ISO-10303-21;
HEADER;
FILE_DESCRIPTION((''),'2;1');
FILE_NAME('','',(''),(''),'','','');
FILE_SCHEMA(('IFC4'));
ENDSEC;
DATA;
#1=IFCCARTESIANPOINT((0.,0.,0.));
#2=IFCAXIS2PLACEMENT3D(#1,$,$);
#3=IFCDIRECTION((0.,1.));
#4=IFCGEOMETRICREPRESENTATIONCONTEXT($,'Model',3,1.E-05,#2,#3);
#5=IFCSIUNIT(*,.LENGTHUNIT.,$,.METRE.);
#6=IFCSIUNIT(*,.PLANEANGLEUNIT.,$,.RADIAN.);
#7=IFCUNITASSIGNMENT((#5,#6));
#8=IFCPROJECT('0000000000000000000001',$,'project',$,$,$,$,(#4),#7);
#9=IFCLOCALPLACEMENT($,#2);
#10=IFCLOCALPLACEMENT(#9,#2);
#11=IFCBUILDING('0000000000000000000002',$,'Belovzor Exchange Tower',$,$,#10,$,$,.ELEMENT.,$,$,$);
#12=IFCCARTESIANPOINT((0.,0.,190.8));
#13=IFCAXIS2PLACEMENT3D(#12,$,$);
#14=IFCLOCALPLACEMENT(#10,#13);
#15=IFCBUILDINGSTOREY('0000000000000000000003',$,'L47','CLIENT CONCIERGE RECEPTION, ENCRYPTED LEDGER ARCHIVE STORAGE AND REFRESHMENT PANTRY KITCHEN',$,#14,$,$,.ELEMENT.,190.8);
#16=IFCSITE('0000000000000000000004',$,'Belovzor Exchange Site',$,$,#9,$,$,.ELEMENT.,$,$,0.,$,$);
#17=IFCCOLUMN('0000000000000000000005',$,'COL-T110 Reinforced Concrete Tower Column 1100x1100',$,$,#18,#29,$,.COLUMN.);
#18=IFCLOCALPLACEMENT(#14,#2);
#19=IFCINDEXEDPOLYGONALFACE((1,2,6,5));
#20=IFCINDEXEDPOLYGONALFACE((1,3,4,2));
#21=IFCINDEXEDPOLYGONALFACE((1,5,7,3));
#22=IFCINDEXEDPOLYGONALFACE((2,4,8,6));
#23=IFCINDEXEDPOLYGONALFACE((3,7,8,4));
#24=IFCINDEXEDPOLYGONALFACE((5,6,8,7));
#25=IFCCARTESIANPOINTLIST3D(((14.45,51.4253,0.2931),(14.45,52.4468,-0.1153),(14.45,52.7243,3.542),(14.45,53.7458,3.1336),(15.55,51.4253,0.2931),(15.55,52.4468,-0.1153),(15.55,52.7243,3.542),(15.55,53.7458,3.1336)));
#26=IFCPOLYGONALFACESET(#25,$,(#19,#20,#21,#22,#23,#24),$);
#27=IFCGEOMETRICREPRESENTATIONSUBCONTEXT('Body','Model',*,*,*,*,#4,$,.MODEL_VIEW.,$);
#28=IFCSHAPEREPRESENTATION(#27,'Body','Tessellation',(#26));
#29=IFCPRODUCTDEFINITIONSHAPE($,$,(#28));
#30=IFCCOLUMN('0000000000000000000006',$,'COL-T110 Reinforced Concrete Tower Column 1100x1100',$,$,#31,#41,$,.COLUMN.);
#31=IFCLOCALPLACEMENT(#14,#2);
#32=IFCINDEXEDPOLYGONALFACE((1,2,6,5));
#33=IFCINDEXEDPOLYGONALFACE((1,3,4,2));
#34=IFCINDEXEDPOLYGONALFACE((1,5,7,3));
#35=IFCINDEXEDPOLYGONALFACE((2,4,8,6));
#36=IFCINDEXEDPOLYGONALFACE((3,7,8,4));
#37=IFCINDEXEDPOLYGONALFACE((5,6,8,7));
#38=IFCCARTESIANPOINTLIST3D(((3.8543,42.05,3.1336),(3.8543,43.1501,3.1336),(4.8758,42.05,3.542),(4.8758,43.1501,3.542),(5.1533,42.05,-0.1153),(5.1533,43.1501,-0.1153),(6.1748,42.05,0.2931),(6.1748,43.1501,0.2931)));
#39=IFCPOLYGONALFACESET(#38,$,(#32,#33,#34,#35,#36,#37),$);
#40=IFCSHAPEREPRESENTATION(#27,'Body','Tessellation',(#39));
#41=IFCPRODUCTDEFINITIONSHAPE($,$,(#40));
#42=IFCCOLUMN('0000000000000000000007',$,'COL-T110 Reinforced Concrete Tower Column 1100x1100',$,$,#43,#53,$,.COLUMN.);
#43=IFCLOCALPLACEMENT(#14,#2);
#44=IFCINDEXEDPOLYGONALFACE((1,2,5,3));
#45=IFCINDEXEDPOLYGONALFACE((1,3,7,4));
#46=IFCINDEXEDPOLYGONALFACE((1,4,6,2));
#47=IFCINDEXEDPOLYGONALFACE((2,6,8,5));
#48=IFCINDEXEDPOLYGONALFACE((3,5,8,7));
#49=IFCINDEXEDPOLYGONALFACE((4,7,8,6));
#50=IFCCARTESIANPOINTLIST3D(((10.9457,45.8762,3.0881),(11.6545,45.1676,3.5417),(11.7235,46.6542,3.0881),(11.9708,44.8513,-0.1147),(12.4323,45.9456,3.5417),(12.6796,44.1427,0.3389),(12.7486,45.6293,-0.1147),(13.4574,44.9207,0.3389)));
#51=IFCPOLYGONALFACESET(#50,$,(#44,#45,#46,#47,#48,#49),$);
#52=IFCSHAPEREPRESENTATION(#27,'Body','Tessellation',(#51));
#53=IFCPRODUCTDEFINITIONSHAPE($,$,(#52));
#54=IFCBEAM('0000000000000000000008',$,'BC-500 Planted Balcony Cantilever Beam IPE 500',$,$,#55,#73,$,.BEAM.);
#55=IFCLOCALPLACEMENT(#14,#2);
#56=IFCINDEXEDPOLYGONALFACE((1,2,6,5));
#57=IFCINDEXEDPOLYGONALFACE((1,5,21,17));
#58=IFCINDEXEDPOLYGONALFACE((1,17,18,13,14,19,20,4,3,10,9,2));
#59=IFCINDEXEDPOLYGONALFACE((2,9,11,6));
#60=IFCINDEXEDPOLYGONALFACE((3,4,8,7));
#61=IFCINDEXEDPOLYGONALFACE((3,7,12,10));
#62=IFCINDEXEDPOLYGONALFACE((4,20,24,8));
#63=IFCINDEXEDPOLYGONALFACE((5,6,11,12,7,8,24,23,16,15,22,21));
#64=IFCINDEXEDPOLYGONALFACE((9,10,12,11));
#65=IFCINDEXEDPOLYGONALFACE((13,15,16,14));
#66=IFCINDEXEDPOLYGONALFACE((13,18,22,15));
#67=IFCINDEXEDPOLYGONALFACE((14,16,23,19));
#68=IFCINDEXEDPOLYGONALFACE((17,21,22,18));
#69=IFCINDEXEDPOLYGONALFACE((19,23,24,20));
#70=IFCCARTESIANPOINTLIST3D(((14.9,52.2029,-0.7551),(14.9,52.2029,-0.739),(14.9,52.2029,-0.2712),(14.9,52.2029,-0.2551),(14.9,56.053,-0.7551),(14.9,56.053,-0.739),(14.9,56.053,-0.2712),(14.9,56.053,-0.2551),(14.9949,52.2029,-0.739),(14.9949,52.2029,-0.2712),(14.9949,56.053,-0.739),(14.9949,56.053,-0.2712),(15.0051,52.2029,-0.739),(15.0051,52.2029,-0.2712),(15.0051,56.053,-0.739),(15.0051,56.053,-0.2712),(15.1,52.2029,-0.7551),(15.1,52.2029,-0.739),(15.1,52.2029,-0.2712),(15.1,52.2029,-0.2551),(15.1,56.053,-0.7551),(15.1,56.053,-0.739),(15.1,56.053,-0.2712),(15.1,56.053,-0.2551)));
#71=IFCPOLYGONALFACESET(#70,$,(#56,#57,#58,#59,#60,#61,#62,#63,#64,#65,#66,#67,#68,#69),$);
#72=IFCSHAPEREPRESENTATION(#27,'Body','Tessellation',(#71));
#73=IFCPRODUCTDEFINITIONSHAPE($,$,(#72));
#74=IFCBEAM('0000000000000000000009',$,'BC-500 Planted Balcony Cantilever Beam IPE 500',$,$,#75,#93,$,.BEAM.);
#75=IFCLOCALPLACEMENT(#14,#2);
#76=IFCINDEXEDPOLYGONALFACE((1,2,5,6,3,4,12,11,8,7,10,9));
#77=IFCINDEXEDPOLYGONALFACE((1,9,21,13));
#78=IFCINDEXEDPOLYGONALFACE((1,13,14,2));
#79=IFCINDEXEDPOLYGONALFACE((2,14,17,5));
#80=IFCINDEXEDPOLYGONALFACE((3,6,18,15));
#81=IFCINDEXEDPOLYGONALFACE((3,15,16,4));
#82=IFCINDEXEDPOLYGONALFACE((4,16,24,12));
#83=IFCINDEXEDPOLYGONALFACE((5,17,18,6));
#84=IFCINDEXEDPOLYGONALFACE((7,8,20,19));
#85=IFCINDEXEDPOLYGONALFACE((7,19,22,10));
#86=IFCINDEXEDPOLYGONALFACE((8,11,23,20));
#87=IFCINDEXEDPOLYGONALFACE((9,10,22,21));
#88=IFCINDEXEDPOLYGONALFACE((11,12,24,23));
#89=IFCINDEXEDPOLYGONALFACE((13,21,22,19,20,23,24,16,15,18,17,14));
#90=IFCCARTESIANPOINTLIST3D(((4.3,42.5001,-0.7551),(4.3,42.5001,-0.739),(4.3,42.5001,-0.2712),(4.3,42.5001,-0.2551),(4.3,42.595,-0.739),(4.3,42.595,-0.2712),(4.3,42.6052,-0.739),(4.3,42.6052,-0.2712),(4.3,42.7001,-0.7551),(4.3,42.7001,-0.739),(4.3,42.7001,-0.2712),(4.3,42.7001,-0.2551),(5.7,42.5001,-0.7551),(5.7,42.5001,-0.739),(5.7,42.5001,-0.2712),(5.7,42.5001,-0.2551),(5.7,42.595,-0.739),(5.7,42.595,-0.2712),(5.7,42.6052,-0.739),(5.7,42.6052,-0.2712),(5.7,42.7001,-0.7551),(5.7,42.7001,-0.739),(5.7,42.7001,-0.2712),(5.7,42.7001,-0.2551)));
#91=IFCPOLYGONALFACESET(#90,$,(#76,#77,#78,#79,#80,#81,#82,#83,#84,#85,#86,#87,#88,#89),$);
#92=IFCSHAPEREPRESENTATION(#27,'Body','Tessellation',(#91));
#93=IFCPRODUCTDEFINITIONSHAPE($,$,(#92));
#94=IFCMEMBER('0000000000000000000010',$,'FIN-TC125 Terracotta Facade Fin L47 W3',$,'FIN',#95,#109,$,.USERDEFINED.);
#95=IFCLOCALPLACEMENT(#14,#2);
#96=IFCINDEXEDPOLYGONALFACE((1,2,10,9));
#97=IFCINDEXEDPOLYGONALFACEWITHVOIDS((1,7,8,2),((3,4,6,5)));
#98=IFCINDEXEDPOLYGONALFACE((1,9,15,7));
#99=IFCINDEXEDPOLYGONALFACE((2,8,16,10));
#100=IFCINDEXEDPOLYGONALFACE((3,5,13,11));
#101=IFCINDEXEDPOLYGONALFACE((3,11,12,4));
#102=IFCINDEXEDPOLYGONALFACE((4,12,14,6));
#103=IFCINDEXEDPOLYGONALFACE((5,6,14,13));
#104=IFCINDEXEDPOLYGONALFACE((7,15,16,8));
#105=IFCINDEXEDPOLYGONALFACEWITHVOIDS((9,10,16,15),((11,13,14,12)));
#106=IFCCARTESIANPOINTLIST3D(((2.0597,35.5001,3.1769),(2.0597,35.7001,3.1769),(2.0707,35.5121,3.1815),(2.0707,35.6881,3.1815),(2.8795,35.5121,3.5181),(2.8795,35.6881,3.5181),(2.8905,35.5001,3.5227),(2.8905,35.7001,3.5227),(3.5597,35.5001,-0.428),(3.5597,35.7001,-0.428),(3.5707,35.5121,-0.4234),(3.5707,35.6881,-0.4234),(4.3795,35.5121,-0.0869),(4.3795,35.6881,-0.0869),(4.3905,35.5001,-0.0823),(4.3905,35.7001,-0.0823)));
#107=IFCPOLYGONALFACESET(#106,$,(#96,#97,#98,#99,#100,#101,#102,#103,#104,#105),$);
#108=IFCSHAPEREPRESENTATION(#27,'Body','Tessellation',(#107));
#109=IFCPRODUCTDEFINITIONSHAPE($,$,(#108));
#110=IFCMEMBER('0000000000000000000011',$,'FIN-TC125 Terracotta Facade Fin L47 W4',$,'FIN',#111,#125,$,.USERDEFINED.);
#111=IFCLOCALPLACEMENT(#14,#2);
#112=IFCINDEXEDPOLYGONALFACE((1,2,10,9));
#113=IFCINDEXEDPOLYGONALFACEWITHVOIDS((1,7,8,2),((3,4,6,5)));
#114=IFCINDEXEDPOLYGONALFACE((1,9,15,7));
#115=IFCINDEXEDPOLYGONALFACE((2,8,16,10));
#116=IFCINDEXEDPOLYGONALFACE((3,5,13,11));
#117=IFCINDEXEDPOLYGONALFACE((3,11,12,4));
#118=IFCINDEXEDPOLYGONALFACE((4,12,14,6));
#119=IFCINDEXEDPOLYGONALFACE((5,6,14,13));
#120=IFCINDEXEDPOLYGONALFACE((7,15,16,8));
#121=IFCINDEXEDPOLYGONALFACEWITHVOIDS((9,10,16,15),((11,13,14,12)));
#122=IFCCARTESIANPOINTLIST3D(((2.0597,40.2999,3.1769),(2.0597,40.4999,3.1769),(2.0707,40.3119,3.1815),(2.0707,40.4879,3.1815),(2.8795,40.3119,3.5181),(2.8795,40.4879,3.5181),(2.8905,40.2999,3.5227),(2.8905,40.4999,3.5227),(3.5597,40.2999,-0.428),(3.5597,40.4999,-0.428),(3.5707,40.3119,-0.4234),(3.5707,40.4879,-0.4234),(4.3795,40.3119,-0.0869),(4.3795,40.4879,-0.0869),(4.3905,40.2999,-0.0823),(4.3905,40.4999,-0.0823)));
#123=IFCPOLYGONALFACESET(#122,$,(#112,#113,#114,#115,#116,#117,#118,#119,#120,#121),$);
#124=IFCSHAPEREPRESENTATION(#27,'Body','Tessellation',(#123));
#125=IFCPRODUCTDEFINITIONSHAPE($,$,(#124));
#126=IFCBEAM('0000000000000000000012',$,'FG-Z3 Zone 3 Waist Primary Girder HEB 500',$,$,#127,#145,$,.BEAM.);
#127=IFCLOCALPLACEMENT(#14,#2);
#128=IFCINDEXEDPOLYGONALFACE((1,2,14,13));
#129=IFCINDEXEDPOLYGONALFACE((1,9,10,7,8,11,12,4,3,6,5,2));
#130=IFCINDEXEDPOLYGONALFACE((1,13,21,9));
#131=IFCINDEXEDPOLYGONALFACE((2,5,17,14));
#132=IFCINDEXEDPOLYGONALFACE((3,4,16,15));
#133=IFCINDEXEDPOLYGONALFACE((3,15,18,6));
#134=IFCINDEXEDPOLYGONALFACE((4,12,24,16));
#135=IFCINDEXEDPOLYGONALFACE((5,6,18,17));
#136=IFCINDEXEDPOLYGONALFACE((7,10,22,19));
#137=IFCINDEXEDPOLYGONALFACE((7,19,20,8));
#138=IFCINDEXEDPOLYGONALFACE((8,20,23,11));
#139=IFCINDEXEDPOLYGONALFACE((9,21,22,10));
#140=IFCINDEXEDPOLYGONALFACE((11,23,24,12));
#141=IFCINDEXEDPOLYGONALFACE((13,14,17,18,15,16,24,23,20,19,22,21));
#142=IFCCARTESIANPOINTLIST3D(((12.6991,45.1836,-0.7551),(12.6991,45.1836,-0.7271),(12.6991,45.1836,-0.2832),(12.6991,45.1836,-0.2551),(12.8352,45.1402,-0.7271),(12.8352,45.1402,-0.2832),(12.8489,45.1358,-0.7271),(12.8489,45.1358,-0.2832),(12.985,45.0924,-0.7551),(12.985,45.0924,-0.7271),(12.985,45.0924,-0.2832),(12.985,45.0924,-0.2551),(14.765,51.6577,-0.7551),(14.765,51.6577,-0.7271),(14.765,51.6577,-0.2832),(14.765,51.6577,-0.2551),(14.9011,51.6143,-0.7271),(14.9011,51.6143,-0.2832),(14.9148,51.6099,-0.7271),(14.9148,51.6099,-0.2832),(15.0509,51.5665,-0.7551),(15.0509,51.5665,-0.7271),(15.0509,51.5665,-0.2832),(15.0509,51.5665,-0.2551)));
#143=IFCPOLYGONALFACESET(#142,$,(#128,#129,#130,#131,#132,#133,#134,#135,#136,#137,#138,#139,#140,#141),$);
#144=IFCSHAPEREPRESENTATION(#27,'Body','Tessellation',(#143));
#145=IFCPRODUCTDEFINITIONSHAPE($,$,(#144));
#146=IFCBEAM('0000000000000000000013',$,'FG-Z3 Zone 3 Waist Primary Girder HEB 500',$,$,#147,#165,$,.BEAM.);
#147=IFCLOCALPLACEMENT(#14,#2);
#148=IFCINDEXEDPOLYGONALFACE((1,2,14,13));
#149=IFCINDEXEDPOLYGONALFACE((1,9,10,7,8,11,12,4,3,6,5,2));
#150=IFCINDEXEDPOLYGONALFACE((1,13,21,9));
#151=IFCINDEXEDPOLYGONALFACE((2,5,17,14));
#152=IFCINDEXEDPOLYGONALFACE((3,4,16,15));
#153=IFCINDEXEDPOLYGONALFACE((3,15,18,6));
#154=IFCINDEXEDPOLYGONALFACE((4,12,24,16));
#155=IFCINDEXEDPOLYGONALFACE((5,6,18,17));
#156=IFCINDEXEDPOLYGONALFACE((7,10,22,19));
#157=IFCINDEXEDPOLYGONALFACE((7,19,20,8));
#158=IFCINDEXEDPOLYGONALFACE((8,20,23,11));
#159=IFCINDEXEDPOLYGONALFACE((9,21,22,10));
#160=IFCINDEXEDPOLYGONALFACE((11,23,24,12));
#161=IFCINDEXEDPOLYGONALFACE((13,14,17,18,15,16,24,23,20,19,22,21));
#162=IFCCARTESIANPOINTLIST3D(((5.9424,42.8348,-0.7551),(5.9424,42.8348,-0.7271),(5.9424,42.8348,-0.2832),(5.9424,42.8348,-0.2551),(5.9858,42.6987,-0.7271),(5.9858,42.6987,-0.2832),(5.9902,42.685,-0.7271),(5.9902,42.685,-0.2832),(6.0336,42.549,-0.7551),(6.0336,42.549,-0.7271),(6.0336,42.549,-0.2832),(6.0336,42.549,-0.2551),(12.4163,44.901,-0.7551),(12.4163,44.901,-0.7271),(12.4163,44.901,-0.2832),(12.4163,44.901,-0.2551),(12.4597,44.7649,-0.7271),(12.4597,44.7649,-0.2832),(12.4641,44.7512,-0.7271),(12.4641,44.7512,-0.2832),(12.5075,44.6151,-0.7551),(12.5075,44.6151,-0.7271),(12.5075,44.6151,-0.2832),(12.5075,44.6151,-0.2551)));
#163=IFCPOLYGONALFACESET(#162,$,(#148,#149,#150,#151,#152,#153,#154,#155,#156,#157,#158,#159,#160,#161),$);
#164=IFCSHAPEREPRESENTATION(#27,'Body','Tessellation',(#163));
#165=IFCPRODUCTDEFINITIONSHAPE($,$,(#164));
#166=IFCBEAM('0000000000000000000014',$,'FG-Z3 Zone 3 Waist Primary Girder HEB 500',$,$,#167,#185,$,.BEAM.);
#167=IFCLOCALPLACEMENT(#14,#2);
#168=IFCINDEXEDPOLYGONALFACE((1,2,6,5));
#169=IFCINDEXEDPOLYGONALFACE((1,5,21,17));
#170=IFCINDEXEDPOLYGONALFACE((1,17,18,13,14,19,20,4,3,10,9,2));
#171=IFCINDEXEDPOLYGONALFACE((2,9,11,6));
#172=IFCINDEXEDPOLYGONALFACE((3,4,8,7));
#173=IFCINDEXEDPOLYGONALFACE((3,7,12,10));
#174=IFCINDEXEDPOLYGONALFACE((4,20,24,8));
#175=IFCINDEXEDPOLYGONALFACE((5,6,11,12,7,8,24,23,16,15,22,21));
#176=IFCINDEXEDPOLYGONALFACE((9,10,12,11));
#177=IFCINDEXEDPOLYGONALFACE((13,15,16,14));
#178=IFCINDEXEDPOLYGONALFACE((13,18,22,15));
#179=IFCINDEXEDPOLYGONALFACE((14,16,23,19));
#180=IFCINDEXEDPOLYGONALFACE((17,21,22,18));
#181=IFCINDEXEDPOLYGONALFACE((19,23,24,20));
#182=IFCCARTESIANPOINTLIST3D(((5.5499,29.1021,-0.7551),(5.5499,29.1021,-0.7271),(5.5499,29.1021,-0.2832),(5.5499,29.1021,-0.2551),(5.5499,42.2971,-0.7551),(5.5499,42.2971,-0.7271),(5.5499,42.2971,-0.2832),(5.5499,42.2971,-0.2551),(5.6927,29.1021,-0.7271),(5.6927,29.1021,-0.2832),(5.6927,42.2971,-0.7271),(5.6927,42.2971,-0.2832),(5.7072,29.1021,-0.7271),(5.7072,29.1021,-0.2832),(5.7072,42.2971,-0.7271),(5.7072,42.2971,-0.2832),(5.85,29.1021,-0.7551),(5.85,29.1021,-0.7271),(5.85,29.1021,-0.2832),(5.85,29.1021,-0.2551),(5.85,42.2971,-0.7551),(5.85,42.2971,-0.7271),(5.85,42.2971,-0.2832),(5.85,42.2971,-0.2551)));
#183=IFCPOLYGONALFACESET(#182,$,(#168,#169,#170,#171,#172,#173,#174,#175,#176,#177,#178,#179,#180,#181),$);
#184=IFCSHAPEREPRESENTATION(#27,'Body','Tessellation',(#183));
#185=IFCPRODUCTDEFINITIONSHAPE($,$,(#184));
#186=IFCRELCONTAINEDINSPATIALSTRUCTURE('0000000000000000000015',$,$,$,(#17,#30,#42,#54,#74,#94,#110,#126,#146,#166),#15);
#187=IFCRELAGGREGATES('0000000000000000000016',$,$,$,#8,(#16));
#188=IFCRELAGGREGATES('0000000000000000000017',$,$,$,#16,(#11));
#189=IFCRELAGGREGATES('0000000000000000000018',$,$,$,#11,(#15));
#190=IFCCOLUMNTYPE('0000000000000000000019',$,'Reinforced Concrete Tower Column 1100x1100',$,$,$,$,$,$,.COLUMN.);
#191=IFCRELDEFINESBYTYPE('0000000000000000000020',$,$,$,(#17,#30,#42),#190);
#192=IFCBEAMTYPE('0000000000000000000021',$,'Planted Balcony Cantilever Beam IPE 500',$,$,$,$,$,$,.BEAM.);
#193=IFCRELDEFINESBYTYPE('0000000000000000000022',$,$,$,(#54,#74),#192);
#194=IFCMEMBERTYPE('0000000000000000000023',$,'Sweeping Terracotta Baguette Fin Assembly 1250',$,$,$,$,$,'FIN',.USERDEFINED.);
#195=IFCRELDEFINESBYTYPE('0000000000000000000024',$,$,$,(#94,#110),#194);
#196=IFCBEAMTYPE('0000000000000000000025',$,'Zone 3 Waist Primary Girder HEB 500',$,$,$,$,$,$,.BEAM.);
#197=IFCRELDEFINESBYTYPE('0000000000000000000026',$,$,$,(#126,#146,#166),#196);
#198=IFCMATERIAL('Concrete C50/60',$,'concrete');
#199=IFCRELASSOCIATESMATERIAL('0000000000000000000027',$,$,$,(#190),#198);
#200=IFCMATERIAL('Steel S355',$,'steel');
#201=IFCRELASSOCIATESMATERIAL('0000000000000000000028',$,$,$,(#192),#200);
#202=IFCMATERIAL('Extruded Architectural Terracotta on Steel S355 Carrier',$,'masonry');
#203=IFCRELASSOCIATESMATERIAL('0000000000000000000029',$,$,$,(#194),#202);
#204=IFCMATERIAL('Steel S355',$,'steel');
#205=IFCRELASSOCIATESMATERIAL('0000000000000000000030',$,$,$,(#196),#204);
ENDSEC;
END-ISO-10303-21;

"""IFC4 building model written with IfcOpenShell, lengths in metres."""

from ifc_helpers import new_model, si_unit, direction, frame, origin, origin_2d, place, context, subcontext, project, spatial, rectangle, hollow_rectangle, i_section, extrude, material, material_profile, profile_set, type_object, element, save


model = new_model("IFC4")

# Units and contexts
model_context = context("Model", 3, precision=1e-05, world=origin(), true_north=direction((0.0, 1.0)))
body_context = subcontext(model_context, "Body", "Model", "MODEL_VIEW")
ifc_project = project(units=[si_unit("LENGTHUNIT", "METRE"), si_unit("PLANEANGLEUNIT", "RADIAN")], contexts=[model_context])

# Site, building, storey
site_placement = place(None, origin())
site = spatial("IfcSite", under=ifc_project, at=site_placement, Name="Belovzor Exchange Site", CompositionType="ELEMENT", RefElevation=0.0)
building_placement = place(site_placement, origin())
building = spatial("IfcBuilding", under=site, at=building_placement, Name="Belovzor Exchange Tower", CompositionType="ELEMENT")
storey_placement = place(building_placement, frame((0.0, 0.0, 190.8)))
storey = spatial("IfcBuildingStorey", under=building, at=storey_placement, Name="L47", Description="CLIENT CONCIERGE RECEPTION, ENCRYPTED LEDGER ARCHIVE STORAGE AND REFRESHMENT PANTRY KITCHEN", CompositionType="ELEMENT", Elevation=190.8)

# Columns
ifc_material_1 = material(Name="Concrete C50/60", Category="concrete")
ifc_material_profile_1 = material_profile(ifc_material_1, rectangle(XDim=1.1001, YDim=1.1001, at=origin_2d()))
ifc_profile_set_1 = profile_set([ifc_material_profile_1], Name="Concrete C50/60")
column_type = type_object("IfcColumnType", Name="Reinforced Concrete Tower Column 1100x1100", PredefinedType="COLUMN", material=ifc_profile_set_1)
for number, where, z_axis, x_axis, name in (
    (1, (15.0, 51.936, 0.0889), (0.0, 0.371258, 0.92853), (-1.0, 0.0, 0.0), "COL-T110 Reinforced Concrete Tower Column 1100x1100"),
    (2, (5.6641, 42.6001, 0.0889), (-0.371258, 0.0, 0.92853), (0.0, -1.0, 0.0), "COL-T110 Reinforced Concrete Tower Column 1100x1100"),
):
    element("IfcColumn", number, at=place(storey_placement, frame(where, z_axis=z_axis, x_axis=x_axis)), inside=storey, type_object=column_type, Name=name, PredefinedType="COLUMN", context=body_context, shape_type="SweptSolid", body=[
        extrude(rectangle(XDim=1.1001, YDim=1.1001, at=origin_2d()), origin(), (0.0, 0.0, 1.0), 3.499),
    ])
column_placement = place(storey_placement, frame((12.7141, 44.886, 0.1121), z_axis=(-0.291595, 0.291526, 0.911035), x_axis=(-0.707023, -0.707191, 0.0)))
element("IfcColumn", 3, at=column_placement, inside=storey, type_object=column_type, Name="COL-T110 Reinforced Concrete Tower Column 1100x1100", PredefinedType="COLUMN", context=body_context, shape_type="SweptSolid", body=[
    extrude(rectangle(XDim=1.1001, YDim=1.1001, at=origin_2d()), origin(), (0.0, 0.0, 1.0), 3.5156),
])

# Beams
ifc_material_2 = material(Name="Steel S355", Category="steel")
ifc_material_profile_2 = material_profile(ifc_material_2, i_section(OverallWidth=0.2, OverallDepth=0.5, WebThickness=0.0103, FlangeThickness=0.0161, at=origin_2d()))
ifc_profile_set_2 = profile_set([ifc_material_profile_2], Name="Steel S355")
beam_type_1 = type_object("IfcBeamType", Name="Planted Balcony Cantilever Beam IPE 500", PredefinedType="BEAM", material=ifc_profile_set_2)
beam_1_placement = place(storey_placement, frame((15.0, 52.2029, -0.5051), z_axis=(0.0, 1.0, 0.0), x_axis=(-1.0, 0.0, 0.0)))
element("IfcBeam", 4, at=beam_1_placement, inside=storey, type_object=beam_type_1, Name="BC-500 Planted Balcony Cantilever Beam IPE 500", PredefinedType="BEAM", context=body_context, shape_type="SweptSolid", body=[
    extrude(i_section(OverallWidth=0.2, OverallDepth=0.5, WebThickness=0.0103, FlangeThickness=0.0161, at=origin_2d()), origin(), (0.0, 0.0, 1.0), 3.8501),
])
beam_2_placement = place(storey_placement, frame((5.7, 42.6001, -0.5051), z_axis=(-1.0, 0.0, 0.0), x_axis=(0.0, -1.0, 0.0)))
element("IfcBeam", 5, at=beam_2_placement, inside=storey, type_object=beam_type_1, Name="BC-500 Planted Balcony Cantilever Beam IPE 500", PredefinedType="BEAM", context=body_context, shape_type="SweptSolid", body=[
    extrude(i_section(OverallWidth=0.2, OverallDepth=0.5, WebThickness=0.0103, FlangeThickness=0.0161, at=origin_2d()), origin(), (0.0, 0.0, 1.0), 1.3999),
])

# Members
ifc_material_3 = material(Name="Extruded Architectural Terracotta on Steel S355 Carrier", Category="masonry")
ifc_material_profile_3 = material_profile(ifc_material_3, hollow_rectangle(XDim=0.2, YDim=0.8999, WallThickness=0.012, at=origin_2d()))
ifc_profile_set_3 = profile_set([ifc_material_profile_3], Name="Extruded Architectural Terracotta on Steel S355 Carrier")
member_type = type_object("IfcMemberType", Name="Sweeping Terracotta Baguette Fin Assembly 1250", ElementType="FIN", PredefinedType="USERDEFINED", material=ifc_profile_set_3)
for number, where, z_axis, x_axis, name in (
    (6, (3.9751, 35.6001, -0.2551), (-0.384162, 0.0, 0.923266), (0.0, -1.0, 0.0), "FIN-TC125 Terracotta Facade Fin L47 W3"),
    (7, (3.9751, 40.3999, -0.2551), (-0.384162, 0.0, 0.923266), (0.0, -1.0, 0.0), "FIN-TC125 Terracotta Facade Fin L47 W4"),
):
    element("IfcMember", number, at=place(storey_placement, frame(where, z_axis=z_axis, x_axis=x_axis)), inside=storey, type_object=member_type, Name=name, ObjectType="FIN", PredefinedType="USERDEFINED", context=body_context, shape_type="SweptSolid", body=[
        extrude(hollow_rectangle(XDim=0.2, YDim=0.8999, WallThickness=0.012, at=origin_2d()), origin(), (0.0, 0.0, 1.0), 3.9045),
    ])

# Beams
ifc_material_4 = material(Name="Steel S355", Category="steel")
ifc_material_profile_4 = material_profile(ifc_material_4, i_section(OverallWidth=0.3, OverallDepth=0.5, WebThickness=0.0144, FlangeThickness=0.0281, at=origin_2d()))
ifc_profile_set_4 = profile_set([ifc_material_profile_4], Name="Steel S355")
beam_type_2 = type_object("IfcBeamType", Name="Zone 3 Waist Primary Girder HEB 500", PredefinedType="BEAM", material=ifc_profile_set_4)
for number, where, z_axis, x_axis, name in (
    (8, (14.908, 51.6121, -0.5051), (-0.304001, -0.952672, 0.0), (0.952672, -0.304001, 0.0), "FG-Z3 Zone 3 Waist Primary Girder HEB 500"),
    (9, (12.4619, 44.7581, -0.5051), (-0.952658, -0.304044, 0.0), (0.304044, -0.952658, 0.0), "FG-Z3 Zone 3 Waist Primary Girder HEB 500"),
):
    element("IfcBeam", number, at=place(storey_placement, frame(where, z_axis=z_axis, x_axis=x_axis)), inside=storey, type_object=beam_type_2, Name=name, PredefinedType="BEAM", context=body_context, shape_type="SweptSolid", body=[
        extrude(i_section(OverallWidth=0.3, OverallDepth=0.5, WebThickness=0.0144, FlangeThickness=0.0281, at=origin_2d()), origin(), (0.0, 0.0, 1.0), 6.7957),
    ])
beam_3_placement = place(storey_placement, frame((5.7, 42.2971, -0.5051), z_axis=(0.0, -1.0, 0.0), x_axis=(1.0, 0.0, 0.0)))
element("IfcBeam", 10, at=beam_3_placement, inside=storey, type_object=beam_type_2, Name="FG-Z3 Zone 3 Waist Primary Girder HEB 500", PredefinedType="BEAM", context=body_context, shape_type="SweptSolid", body=[
    extrude(i_section(OverallWidth=0.3, OverallDepth=0.5, WebThickness=0.0144, FlangeThickness=0.0281, at=origin_2d()), origin(), (0.0, 0.0, 1.0), 13.1951),
])

save(model, "model.ifc")
